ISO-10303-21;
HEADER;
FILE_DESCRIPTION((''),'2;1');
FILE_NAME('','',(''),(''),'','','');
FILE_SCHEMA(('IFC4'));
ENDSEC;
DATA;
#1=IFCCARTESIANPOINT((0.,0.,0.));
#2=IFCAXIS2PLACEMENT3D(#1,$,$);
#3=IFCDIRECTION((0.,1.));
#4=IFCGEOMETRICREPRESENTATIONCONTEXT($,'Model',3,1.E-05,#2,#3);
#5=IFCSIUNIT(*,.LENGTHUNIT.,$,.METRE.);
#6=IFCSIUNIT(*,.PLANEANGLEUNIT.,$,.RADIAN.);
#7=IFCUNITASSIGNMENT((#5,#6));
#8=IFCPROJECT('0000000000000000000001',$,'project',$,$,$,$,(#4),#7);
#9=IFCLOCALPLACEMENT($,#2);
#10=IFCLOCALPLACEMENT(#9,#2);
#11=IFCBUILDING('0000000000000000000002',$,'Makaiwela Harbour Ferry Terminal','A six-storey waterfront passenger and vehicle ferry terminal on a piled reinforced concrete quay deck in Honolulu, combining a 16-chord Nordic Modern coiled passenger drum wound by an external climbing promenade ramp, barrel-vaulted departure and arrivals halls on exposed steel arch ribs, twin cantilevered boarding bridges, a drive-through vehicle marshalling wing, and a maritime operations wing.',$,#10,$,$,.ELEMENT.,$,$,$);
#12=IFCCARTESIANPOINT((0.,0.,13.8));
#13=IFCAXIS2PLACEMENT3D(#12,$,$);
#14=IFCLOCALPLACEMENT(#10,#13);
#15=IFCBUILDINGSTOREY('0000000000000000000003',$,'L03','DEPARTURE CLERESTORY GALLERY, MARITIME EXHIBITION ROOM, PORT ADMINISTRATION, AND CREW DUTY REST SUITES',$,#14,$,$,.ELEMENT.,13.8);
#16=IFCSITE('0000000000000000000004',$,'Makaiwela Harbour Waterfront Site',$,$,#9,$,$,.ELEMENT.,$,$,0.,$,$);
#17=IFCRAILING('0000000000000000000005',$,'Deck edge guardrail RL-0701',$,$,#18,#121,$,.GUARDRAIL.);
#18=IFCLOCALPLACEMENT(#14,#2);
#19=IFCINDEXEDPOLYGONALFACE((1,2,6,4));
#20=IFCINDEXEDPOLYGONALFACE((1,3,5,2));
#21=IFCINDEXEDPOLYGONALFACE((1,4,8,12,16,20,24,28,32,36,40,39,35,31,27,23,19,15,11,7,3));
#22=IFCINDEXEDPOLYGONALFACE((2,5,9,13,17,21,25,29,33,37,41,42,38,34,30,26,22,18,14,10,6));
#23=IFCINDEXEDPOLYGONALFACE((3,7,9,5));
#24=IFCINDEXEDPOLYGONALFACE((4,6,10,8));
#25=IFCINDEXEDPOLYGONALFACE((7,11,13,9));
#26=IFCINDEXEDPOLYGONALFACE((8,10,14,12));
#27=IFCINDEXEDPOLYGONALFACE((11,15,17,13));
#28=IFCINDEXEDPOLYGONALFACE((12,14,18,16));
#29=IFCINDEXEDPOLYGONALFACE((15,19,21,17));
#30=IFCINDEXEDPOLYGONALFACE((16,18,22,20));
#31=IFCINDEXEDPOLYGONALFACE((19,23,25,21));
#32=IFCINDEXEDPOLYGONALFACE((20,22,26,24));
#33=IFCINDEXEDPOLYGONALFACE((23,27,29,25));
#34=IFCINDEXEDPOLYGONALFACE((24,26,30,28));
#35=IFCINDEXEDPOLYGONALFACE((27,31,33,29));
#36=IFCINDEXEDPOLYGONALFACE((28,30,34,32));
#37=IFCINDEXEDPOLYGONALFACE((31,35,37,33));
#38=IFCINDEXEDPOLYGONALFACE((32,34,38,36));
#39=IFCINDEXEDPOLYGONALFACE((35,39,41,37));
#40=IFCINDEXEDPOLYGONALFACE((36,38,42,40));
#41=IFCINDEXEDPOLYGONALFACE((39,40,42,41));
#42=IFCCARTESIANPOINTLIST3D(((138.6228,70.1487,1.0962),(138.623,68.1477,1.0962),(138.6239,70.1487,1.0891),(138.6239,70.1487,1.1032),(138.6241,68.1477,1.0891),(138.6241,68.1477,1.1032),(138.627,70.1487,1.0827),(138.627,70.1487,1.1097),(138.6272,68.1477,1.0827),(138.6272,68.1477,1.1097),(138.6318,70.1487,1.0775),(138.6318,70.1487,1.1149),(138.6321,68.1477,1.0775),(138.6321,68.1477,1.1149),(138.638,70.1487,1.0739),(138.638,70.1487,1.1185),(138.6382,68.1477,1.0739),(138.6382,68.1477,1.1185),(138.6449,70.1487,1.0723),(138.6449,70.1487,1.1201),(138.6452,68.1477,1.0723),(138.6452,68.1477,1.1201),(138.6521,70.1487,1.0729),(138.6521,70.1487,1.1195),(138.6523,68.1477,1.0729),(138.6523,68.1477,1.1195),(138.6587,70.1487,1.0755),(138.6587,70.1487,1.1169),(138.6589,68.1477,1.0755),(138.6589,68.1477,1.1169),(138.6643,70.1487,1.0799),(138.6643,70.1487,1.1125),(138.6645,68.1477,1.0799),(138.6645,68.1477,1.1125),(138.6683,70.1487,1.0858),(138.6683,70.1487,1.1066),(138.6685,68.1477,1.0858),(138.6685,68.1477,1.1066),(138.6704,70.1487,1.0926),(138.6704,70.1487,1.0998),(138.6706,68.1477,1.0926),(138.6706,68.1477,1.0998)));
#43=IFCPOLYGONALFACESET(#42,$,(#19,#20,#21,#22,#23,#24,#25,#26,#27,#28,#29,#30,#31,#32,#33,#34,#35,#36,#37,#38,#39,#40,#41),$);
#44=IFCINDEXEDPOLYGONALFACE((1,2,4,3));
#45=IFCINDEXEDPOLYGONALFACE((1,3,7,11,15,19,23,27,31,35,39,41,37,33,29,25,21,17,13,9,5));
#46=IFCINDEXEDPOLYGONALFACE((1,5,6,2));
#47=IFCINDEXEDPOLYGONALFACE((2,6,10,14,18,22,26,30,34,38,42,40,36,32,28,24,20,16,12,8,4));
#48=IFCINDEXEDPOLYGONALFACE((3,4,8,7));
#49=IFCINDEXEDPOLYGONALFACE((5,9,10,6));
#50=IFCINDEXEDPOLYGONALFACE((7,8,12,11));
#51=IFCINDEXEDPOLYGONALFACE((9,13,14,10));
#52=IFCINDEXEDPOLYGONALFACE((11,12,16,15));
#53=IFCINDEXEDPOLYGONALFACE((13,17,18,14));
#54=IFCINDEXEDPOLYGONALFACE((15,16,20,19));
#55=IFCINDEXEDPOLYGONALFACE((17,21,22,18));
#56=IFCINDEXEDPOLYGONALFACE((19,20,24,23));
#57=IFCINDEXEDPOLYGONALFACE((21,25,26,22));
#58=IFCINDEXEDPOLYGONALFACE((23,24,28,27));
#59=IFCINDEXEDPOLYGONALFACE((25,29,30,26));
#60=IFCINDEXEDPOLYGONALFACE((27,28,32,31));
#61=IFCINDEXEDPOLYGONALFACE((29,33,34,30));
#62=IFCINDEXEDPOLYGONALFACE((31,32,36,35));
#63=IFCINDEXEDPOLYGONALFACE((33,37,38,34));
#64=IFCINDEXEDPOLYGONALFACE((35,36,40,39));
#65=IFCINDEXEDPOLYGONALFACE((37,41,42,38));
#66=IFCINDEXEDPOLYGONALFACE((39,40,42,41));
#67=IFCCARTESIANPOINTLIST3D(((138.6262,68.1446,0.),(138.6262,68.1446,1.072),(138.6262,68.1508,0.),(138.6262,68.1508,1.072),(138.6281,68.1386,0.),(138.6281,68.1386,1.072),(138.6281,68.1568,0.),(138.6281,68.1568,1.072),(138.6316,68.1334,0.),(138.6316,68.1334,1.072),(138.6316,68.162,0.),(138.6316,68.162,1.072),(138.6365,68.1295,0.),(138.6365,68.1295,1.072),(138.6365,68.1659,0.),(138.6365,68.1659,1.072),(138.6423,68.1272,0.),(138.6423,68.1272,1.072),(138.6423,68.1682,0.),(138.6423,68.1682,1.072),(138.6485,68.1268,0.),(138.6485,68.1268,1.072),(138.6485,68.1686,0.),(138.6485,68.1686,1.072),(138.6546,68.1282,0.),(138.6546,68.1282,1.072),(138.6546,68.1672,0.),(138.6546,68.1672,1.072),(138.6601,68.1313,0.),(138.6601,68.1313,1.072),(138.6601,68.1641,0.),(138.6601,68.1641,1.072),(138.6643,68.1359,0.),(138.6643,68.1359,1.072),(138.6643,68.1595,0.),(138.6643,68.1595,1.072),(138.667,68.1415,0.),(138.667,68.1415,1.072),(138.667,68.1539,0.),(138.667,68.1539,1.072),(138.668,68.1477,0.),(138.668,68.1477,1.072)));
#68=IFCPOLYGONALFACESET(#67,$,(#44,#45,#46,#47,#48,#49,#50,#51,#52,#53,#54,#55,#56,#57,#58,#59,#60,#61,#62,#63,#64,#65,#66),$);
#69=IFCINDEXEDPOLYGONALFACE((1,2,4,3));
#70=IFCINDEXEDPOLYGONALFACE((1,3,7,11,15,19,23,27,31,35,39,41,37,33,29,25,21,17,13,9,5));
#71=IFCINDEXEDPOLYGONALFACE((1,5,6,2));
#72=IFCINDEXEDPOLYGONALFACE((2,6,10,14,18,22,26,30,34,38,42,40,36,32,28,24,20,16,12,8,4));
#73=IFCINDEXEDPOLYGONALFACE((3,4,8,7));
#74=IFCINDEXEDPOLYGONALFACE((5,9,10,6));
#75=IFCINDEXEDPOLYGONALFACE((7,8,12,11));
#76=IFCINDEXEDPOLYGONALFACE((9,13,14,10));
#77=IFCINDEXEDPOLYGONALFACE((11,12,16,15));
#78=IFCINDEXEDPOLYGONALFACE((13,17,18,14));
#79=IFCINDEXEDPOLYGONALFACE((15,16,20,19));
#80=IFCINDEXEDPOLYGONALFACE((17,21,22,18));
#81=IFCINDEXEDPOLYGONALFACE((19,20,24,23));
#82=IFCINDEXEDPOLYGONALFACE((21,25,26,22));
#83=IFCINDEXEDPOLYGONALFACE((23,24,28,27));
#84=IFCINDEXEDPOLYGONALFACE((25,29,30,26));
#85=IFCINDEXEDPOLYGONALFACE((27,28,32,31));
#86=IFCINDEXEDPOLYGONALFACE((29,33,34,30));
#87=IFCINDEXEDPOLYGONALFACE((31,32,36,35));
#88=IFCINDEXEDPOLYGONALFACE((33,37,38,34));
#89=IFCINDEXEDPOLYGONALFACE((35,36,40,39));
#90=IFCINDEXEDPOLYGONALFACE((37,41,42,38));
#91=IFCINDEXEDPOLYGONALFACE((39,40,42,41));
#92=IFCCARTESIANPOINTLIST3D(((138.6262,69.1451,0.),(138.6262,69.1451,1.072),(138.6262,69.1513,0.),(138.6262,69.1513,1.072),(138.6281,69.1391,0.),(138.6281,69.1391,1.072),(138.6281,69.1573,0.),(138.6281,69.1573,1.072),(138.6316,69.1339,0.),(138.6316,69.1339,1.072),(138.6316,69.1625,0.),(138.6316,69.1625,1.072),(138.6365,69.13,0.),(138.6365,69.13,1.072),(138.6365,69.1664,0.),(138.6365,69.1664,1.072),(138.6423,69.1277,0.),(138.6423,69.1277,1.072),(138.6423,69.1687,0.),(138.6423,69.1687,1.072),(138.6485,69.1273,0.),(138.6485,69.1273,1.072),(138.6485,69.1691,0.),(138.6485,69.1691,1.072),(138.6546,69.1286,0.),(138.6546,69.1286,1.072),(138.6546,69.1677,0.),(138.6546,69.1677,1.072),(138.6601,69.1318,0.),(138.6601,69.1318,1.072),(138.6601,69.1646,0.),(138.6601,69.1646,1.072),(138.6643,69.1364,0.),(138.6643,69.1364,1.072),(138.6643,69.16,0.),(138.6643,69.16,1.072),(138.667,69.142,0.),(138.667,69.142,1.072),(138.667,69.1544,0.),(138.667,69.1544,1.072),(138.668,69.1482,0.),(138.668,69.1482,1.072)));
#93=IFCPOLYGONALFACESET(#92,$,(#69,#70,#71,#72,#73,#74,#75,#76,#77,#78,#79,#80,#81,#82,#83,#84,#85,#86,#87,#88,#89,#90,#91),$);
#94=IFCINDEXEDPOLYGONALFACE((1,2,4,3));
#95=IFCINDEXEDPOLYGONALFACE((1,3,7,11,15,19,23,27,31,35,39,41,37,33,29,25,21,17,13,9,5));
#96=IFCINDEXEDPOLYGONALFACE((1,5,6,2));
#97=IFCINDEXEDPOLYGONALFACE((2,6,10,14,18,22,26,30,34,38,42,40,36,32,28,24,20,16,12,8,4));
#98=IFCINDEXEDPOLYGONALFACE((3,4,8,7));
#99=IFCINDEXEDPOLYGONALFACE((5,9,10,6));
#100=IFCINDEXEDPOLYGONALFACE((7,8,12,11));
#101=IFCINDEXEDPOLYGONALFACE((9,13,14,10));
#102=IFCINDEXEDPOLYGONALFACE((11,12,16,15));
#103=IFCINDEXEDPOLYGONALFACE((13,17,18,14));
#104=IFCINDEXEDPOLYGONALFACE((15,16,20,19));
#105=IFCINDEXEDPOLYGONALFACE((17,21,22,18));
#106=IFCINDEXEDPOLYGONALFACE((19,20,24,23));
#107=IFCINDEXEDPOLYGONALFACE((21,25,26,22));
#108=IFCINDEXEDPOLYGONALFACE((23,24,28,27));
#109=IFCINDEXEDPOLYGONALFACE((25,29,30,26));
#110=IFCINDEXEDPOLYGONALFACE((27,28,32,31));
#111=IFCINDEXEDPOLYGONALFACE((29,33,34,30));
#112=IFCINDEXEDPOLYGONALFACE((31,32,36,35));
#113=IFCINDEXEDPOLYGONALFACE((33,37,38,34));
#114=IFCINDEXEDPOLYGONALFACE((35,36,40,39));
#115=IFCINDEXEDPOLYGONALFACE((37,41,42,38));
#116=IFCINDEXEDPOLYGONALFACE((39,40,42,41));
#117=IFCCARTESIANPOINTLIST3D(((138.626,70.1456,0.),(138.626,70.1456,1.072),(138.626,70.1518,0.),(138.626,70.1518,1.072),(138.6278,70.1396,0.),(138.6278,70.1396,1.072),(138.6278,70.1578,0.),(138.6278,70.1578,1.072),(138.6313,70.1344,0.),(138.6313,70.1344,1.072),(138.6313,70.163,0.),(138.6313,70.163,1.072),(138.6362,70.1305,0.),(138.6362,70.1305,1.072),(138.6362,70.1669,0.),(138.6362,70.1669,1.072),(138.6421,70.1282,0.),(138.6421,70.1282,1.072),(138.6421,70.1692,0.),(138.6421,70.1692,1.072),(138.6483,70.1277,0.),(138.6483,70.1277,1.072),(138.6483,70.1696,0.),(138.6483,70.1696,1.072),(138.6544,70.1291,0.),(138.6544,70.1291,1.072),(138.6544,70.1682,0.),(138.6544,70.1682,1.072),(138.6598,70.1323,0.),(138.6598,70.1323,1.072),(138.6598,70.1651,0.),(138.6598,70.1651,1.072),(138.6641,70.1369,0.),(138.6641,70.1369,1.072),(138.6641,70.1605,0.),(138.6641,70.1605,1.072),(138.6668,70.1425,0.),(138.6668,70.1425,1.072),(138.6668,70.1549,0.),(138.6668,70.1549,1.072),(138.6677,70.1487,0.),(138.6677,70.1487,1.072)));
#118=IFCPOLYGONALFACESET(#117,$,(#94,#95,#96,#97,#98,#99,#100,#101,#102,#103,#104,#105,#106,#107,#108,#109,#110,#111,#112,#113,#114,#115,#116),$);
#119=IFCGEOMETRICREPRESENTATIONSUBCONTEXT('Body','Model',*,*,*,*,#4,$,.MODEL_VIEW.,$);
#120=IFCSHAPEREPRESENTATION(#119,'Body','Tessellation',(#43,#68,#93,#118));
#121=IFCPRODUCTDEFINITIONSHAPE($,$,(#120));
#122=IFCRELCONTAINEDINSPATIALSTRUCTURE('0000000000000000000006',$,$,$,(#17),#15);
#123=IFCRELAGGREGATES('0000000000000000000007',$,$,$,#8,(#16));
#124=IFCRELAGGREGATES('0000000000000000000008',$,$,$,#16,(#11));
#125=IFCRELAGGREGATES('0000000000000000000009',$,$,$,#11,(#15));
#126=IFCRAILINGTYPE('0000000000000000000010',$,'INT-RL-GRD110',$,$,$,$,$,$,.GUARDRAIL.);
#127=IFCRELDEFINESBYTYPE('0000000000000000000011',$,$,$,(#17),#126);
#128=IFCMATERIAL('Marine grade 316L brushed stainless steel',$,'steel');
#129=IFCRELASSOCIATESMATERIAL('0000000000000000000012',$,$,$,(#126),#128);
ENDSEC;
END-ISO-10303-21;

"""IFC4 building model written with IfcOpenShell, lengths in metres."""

from ifc_helpers import new_model, si_unit, direction, frame, origin, origin_2d, place, context, subcontext, project, spatial, circle, extrude, material, type_object, element, save


model = new_model("IFC4")

# Units and contexts
model_context = context("Model", 3, precision=1e-05, world=origin(), true_north=direction((0.0, 1.0)))
body_context = subcontext(model_context, "Body", "Model", "MODEL_VIEW")
ifc_project = project(units=[si_unit("LENGTHUNIT", "METRE"), si_unit("PLANEANGLEUNIT", "RADIAN")], contexts=[model_context])

# Site, building, storey
site_placement = place(None, origin())
site = spatial("IfcSite", under=ifc_project, at=site_placement, Name="Makaiwela Harbour Waterfront Site", CompositionType="ELEMENT", RefElevation=0.0)
building_placement = place(site_placement, origin())
building = spatial("IfcBuilding", under=site, at=building_placement, Name="Makaiwela Harbour Ferry Terminal", Description="A six-storey waterfront passenger and vehicle ferry terminal on a piled reinforced concrete quay deck in Honolulu, combining a 16-chord Nordic Modern coiled passenger drum wound by an external climbing promenade ramp, barrel-vaulted departure and arrivals halls on exposed steel arch ribs, twin cantilevered boarding bridges, a drive-through vehicle marshalling wing, and a maritime operations wing.", CompositionType="ELEMENT")
storey_placement = place(building_placement, frame((0.0, 0.0, 13.8)))
storey = spatial("IfcBuildingStorey", under=building, at=storey_placement, Name="L03", Description="DEPARTURE CLERESTORY GALLERY, MARITIME EXHIBITION ROOM, PORT ADMINISTRATION, AND CREW DUTY REST SUITES", CompositionType="ELEMENT", Elevation=13.8)

# Railing
ifc_material_1 = material(Name="Marine grade 316L brushed stainless steel", Category="steel")
railing_type = type_object("IfcRailingType", Name="INT-RL-GRD110", PredefinedType="GUARDRAIL", material=ifc_material_1)
railing_1_placement = place(storey_placement, frame((138.647, 68.1477, 0.0)))
element("IfcRailing", 1, at=railing_1_placement, inside=storey, type_object=railing_type, Name="Deck edge guardrail RL-0701", PredefinedType="GUARDRAIL", context=body_context, shape_type="SweptSolid", body=[
    extrude(circle(Radius=0.0239, at=origin_2d()), frame((0.0, 0.0, 1.0962), z_axis=(-0.000122, 1.0, 0.0), x_axis=(-1.0, -0.000122, 0.0)), (0.0, 0.0, 1.0), 2.001),
    extrude(circle(Radius=0.021, at=origin_2d()), origin(), (0.0, 0.0, 1.0), 1.072),
    extrude(circle(Radius=0.021, at=origin_2d()), frame((0.0, 1.0005, 0.0)), (0.0, 0.0, 1.0), 1.072),
    extrude(circle(Radius=0.021, at=origin_2d()), frame((-0.0002, 2.001, 0.0)), (0.0, 0.0, 1.0), 1.072),
])

save(model, "model.ifc")
